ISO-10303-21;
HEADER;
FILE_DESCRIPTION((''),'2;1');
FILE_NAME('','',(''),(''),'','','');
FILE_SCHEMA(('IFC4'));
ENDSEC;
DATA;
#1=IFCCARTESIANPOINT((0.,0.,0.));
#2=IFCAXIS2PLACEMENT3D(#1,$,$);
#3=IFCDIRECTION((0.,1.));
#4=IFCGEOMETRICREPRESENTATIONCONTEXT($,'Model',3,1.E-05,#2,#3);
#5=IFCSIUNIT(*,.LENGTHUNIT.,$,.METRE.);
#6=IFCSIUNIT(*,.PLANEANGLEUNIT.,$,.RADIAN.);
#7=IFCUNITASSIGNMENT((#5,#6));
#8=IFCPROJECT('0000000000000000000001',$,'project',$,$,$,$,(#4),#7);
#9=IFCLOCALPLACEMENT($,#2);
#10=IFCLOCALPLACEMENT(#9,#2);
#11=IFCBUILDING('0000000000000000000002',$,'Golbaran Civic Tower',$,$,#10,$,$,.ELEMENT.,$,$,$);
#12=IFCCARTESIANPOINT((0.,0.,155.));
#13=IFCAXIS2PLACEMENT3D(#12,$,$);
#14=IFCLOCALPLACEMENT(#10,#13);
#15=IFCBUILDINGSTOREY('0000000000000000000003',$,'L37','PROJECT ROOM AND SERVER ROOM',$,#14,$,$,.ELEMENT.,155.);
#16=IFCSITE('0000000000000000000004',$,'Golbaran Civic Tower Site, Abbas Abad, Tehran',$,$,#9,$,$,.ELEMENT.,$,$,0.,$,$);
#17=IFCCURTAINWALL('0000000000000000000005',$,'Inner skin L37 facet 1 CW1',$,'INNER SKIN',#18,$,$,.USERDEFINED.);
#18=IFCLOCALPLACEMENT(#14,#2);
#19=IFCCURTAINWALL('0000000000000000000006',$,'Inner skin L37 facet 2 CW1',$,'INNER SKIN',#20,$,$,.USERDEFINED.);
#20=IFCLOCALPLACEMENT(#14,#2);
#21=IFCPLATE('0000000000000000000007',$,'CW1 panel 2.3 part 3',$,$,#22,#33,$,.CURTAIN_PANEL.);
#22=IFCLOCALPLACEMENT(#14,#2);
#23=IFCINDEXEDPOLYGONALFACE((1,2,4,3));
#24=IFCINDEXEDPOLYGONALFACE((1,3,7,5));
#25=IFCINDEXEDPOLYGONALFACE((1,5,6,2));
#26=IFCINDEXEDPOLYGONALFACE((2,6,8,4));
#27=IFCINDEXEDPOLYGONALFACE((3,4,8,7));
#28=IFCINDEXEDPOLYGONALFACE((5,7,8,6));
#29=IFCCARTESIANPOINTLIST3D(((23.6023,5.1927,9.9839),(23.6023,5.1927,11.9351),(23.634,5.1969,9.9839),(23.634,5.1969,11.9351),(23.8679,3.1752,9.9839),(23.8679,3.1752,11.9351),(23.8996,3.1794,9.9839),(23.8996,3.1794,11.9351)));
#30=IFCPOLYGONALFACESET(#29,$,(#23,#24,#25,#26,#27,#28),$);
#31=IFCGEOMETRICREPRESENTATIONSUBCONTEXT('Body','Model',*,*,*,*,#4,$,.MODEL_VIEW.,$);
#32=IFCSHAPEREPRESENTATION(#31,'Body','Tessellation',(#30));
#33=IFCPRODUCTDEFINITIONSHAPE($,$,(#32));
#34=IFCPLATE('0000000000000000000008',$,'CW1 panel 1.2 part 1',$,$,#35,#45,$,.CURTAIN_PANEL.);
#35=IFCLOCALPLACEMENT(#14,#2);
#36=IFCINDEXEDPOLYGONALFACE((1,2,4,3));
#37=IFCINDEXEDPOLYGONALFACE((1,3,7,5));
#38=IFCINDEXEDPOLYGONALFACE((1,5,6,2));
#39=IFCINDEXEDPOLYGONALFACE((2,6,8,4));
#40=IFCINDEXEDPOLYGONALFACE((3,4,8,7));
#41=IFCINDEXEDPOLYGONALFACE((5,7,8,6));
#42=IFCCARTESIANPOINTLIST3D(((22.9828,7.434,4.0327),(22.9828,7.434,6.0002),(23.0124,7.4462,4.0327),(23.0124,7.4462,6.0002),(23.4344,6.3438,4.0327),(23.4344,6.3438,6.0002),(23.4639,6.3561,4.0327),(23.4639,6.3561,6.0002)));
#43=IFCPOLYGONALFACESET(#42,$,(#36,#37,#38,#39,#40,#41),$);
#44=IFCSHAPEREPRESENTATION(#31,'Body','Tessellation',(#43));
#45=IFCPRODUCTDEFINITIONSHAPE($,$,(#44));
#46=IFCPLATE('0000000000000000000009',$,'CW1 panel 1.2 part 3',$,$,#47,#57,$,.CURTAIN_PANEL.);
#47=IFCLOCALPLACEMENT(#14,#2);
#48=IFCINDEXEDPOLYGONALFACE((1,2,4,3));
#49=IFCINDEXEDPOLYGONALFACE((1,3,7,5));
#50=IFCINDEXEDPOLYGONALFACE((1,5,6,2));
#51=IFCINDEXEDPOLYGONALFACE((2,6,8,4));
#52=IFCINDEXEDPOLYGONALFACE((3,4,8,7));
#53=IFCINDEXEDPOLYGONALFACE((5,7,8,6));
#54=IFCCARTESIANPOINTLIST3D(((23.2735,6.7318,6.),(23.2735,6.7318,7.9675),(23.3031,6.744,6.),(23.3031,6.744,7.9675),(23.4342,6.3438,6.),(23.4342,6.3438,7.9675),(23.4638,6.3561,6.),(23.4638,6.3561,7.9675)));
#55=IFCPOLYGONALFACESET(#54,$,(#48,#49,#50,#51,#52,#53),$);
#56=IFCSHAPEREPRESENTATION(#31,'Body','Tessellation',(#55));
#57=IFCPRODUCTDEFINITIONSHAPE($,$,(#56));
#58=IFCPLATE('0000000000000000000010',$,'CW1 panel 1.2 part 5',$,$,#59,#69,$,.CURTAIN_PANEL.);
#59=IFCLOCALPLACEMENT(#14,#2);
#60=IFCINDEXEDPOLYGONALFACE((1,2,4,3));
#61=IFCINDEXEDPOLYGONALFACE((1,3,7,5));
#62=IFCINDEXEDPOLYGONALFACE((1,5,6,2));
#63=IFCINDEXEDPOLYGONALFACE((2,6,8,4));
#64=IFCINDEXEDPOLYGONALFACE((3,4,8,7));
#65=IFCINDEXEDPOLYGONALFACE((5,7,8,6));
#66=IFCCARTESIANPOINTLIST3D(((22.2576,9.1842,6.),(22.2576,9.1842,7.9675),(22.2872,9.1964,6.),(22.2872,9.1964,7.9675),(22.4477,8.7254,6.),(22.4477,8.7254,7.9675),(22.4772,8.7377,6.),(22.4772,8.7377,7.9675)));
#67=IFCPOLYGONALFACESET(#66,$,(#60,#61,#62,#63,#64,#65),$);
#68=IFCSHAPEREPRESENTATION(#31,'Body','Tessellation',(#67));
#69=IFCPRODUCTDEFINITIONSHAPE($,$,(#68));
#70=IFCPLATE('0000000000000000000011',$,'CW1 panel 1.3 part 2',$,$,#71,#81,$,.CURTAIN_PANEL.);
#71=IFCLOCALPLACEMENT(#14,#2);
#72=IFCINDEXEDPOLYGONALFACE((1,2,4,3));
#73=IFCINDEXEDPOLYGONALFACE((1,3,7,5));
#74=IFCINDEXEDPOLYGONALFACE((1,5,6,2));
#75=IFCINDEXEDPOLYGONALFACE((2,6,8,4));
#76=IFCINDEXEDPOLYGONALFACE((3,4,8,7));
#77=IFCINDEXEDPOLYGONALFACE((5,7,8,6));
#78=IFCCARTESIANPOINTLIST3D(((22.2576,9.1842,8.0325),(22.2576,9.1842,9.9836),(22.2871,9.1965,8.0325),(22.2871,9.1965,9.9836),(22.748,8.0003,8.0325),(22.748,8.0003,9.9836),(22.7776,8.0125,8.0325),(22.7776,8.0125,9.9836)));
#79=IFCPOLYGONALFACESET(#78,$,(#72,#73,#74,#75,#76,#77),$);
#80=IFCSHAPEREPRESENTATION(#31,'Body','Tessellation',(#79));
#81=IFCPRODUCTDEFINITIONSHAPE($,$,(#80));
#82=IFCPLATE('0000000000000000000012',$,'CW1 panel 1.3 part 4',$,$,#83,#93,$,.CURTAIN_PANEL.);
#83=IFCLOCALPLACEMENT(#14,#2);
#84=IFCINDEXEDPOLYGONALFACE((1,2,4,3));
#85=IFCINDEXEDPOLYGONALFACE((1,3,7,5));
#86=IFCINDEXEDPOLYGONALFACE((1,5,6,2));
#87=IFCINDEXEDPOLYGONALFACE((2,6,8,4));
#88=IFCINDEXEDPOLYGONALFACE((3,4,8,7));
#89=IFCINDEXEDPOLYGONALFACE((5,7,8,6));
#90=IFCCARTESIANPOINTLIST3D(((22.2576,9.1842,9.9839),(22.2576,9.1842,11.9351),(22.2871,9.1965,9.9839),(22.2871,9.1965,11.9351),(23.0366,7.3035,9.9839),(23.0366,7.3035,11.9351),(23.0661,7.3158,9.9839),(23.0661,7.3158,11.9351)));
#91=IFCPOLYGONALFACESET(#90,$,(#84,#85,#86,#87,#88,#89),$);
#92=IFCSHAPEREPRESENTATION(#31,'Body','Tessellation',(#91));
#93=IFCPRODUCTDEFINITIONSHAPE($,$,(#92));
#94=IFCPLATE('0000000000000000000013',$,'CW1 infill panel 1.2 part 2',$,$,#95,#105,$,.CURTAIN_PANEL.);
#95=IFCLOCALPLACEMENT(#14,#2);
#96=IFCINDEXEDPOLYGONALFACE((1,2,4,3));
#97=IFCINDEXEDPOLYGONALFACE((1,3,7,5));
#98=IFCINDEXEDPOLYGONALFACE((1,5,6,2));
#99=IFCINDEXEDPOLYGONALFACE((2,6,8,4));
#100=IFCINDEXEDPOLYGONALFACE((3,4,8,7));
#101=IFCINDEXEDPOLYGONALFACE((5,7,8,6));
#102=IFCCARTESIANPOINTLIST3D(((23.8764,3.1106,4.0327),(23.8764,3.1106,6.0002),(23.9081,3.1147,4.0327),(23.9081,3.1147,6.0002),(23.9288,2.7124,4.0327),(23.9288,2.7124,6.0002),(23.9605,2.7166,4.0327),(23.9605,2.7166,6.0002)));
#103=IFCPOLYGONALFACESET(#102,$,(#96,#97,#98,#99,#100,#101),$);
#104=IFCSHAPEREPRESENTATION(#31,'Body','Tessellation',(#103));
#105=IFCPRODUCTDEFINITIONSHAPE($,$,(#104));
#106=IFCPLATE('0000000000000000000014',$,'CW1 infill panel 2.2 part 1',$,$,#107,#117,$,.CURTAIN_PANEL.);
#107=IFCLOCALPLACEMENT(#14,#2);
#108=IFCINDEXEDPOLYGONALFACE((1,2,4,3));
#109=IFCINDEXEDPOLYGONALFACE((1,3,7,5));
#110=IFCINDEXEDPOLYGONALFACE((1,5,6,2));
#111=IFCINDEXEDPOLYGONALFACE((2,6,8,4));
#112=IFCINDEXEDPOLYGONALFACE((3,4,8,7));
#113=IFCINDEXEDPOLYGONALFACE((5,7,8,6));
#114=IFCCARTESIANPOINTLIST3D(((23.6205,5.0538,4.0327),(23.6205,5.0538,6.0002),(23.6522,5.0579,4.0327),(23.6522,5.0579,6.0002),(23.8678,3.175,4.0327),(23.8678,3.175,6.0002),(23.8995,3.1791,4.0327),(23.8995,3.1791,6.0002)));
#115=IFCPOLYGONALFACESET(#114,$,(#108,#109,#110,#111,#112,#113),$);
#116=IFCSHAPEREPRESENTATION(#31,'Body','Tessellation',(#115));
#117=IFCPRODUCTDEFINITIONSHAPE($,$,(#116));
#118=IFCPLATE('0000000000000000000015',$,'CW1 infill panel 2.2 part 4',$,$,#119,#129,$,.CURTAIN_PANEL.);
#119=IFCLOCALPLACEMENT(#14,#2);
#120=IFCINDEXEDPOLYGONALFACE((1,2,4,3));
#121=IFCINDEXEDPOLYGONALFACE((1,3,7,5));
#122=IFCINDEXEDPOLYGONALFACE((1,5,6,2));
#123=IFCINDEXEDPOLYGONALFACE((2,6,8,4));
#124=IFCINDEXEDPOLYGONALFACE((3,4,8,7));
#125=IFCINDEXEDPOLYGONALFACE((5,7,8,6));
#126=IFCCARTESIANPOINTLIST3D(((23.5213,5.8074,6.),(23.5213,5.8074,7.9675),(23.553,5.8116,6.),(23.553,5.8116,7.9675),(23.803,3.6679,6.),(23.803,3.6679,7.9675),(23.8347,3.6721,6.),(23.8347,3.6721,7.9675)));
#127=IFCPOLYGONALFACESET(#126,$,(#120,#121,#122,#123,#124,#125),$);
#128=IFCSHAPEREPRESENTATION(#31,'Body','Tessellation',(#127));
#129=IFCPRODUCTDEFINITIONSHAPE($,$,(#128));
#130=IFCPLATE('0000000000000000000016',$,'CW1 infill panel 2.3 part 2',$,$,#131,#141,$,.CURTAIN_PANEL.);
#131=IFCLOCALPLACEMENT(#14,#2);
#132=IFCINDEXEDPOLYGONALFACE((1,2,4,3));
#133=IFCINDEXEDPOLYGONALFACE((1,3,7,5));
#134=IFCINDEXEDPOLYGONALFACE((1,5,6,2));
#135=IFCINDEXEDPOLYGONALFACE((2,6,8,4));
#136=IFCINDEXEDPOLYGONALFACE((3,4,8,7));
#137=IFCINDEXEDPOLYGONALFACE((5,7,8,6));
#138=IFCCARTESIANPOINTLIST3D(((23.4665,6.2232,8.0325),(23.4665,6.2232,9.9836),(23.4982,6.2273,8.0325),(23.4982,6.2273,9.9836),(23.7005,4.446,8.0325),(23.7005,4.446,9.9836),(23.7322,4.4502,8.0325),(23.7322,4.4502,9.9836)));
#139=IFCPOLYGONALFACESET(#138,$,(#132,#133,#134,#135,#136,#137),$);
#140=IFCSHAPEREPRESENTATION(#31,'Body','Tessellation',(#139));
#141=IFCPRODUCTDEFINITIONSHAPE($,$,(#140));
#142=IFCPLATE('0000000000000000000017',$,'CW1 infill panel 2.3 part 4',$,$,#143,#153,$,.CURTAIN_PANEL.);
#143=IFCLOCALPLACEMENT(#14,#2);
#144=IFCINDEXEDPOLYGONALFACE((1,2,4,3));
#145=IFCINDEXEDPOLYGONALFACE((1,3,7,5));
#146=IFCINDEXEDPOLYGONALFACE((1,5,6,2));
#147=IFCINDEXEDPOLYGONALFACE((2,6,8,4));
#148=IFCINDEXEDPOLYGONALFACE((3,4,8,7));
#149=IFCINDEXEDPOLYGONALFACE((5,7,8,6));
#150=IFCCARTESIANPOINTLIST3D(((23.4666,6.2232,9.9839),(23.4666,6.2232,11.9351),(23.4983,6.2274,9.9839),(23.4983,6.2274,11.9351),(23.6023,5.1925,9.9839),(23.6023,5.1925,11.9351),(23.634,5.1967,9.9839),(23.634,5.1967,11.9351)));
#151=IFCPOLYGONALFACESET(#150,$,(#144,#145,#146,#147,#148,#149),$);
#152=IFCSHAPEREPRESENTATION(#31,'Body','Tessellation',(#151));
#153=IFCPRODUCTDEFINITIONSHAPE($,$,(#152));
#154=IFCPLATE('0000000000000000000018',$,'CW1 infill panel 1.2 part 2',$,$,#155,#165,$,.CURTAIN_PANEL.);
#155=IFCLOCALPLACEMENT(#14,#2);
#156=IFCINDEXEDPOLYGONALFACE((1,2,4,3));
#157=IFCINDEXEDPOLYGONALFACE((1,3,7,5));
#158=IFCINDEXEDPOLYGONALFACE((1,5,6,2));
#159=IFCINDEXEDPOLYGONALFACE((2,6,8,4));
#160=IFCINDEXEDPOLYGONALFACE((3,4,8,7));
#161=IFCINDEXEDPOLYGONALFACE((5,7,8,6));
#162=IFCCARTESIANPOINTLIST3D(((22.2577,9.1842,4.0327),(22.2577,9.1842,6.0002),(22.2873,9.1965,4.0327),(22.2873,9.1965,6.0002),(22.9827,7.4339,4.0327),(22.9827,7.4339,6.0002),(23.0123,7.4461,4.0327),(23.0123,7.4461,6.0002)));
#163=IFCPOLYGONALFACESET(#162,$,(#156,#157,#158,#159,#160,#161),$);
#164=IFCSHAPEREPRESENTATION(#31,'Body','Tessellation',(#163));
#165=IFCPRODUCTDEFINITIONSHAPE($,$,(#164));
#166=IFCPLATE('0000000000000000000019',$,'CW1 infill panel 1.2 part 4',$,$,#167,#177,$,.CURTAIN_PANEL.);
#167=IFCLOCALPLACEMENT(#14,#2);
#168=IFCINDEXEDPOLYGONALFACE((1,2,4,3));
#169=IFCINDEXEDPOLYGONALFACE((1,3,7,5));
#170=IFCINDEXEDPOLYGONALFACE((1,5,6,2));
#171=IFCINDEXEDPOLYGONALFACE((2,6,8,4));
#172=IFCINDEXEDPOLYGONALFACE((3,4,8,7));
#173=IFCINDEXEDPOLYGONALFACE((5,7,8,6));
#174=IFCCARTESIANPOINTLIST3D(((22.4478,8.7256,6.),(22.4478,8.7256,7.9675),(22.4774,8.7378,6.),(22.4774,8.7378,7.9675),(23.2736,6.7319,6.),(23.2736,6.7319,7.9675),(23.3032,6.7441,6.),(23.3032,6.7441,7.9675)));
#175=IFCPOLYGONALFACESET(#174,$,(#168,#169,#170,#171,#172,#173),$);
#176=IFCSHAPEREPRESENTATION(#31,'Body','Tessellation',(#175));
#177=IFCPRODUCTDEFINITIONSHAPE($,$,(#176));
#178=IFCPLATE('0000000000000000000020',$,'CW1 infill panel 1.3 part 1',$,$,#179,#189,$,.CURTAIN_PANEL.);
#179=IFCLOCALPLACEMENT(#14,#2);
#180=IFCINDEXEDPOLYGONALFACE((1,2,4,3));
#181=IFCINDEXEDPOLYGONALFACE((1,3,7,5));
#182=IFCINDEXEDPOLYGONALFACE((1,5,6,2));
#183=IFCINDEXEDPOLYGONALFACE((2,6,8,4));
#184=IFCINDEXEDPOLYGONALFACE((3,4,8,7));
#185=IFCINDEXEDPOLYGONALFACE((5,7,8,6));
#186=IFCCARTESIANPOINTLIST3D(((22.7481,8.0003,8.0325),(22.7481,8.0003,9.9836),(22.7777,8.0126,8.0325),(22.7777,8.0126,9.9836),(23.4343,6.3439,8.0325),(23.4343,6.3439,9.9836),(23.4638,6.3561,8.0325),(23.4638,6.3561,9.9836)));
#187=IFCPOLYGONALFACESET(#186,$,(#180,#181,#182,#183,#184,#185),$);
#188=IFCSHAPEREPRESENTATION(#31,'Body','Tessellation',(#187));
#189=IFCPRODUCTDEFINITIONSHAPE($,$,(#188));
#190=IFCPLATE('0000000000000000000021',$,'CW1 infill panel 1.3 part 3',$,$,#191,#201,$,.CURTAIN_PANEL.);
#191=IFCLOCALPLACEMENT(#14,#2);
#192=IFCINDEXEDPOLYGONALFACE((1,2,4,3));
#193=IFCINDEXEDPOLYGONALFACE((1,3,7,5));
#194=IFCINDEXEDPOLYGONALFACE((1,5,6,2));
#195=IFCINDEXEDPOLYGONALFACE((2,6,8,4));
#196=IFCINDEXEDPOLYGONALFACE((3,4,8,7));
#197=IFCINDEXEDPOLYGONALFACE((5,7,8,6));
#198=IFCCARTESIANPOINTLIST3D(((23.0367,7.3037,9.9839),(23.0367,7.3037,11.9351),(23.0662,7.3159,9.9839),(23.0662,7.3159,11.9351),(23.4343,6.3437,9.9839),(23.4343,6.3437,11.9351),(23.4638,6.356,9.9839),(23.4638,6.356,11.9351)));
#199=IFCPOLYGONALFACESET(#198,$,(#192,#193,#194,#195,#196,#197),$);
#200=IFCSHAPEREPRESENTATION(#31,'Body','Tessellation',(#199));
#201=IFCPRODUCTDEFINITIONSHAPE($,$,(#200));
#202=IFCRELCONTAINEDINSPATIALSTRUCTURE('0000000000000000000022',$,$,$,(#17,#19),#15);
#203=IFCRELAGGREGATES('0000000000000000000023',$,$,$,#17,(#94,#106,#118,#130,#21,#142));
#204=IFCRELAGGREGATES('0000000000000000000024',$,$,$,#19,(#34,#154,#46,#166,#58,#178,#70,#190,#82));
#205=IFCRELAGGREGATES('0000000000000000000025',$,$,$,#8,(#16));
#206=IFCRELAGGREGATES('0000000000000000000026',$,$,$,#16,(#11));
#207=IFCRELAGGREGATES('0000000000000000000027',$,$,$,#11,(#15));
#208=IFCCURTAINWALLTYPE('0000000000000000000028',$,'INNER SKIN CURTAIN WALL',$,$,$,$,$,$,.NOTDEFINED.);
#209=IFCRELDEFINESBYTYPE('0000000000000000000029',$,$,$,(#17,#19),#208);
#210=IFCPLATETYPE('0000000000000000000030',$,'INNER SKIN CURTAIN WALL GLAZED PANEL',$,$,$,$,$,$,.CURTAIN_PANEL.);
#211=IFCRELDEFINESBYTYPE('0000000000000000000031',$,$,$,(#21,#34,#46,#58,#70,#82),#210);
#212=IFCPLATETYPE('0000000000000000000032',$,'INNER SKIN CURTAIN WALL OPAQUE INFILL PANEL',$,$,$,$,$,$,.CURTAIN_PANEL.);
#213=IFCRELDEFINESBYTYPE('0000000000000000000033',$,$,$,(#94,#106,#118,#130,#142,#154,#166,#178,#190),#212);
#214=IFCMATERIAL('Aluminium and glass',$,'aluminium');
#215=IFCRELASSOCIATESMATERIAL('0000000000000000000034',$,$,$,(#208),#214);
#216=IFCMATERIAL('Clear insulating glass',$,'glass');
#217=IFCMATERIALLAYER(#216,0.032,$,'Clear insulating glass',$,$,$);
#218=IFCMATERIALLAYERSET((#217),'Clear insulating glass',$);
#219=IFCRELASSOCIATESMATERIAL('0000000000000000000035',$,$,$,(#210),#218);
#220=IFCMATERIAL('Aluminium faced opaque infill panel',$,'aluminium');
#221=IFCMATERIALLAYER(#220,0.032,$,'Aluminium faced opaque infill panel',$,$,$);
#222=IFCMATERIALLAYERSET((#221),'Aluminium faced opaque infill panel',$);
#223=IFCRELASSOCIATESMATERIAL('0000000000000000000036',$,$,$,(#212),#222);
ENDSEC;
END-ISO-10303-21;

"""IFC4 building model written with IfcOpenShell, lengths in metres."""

from ifc_helpers import new_model, si_unit, direction, frame, origin, origin_2d, place, context, subcontext, project, spatial, rectangle, extrude, material, layer, layer_set, type_object, element, aggregate, save


model = new_model("IFC4")

# Units and contexts
model_context = context("Model", 3, precision=1e-05, world=origin(), true_north=direction((0.0, 1.0)))
body_context = subcontext(model_context, "Body", "Model", "MODEL_VIEW")
ifc_project = project(units=[si_unit("LENGTHUNIT", "METRE"), si_unit("PLANEANGLEUNIT", "RADIAN")], contexts=[model_context])

# Site, building, storey
site_placement = place(None, origin())
site = spatial("IfcSite", under=ifc_project, at=site_placement, Name="Golbaran Civic Tower Site, Abbas Abad, Tehran", CompositionType="ELEMENT", RefElevation=0.0)
building_placement = place(site_placement, origin())
building = spatial("IfcBuilding", under=site, at=building_placement, Name="Golbaran Civic Tower", CompositionType="ELEMENT")
storey_placement = place(building_placement, frame((0.0, 0.0, 155.0)))
storey = spatial("IfcBuildingStorey", under=building, at=storey_placement, Name="L37", Description="PROJECT ROOM AND SERVER ROOM", CompositionType="ELEMENT", Elevation=155.0)

# Curtain walls
ifc_material_1 = material(Name="Aluminium and glass", Category="aluminium")
curtain_wall_type = type_object("IfcCurtainWallType", Name="INNER SKIN CURTAIN WALL", PredefinedType="NOTDEFINED", material=ifc_material_1)
curtain_wall_1_placement = place(storey_placement, origin())
curtain_wall_1 = element("IfcCurtainWall", 1, at=curtain_wall_1_placement, inside=storey, type_object=curtain_wall_type, Name="Inner skin L37 facet 1 CW1", ObjectType="INNER SKIN", PredefinedType="USERDEFINED")
curtain_wall_2_placement = place(storey_placement, origin())
curtain_wall_2 = element("IfcCurtainWall", 2, at=curtain_wall_2_placement, inside=storey, type_object=curtain_wall_type, Name="Inner skin L37 facet 2 CW1", ObjectType="INNER SKIN", PredefinedType="USERDEFINED")

# Plates
ifc_material_2 = material(Name="Clear insulating glass", Category="glass")
ifc_layer_1 = layer(ifc_material_2, 0.032, Name="Clear insulating glass")
ifc_layer_set_1 = layer_set([ifc_layer_1], Name="Clear insulating glass")
plate_type_1 = type_object("IfcPlateType", Name="INNER SKIN CURTAIN WALL GLAZED PANEL", PredefinedType="CURTAIN_PANEL", material=ifc_layer_set_1)
plate_1_placement = place(storey_placement, frame((23.751, 4.186, 9.9839), z_axis=(0.0, 0.0, 1.0), x_axis=(-0.130526, 0.991445, 0.0)))
plate_1 = element("IfcPlate", 3, at=plate_1_placement, type_object=plate_type_1, Name="CW1 panel 2.3 part 3", PredefinedType="CURTAIN_PANEL", context=body_context, shape_type="SweptSolid", body=[
    extrude(rectangle(XDim=2.0349, YDim=0.032, at=origin_2d()), origin(), (0.0, 0.0, 1.0), 1.9512),
])
plate_2_placement = place(storey_placement, frame((23.2234, 6.895, 4.0327), z_axis=(0.0, 0.0, 1.0), x_axis=(-0.382683, 0.92388, 0.0)))
plate_2 = element("IfcPlate", 4, at=plate_2_placement, type_object=plate_type_1, Name="CW1 panel 1.2 part 1", PredefinedType="CURTAIN_PANEL", context=body_context, shape_type="SweptSolid", body=[
    extrude(rectangle(XDim=1.1799, YDim=0.032, at=origin_2d()), origin(), (0.0, 0.0, 1.0), 1.9675),
])
plate_3_placement = place(storey_placement, frame((23.3687, 6.5439, 6.0), z_axis=(0.0, 0.0, 1.0), x_axis=(-0.382683, 0.92388, 0.0)))
plate_3 = element("IfcPlate", 5, at=plate_3_placement, type_object=plate_type_1, Name="CW1 panel 1.2 part 3", PredefinedType="CURTAIN_PANEL", context=body_context, shape_type="SweptSolid", body=[
    extrude(rectangle(XDim=0.4199, YDim=0.032, at=origin_2d()), origin(), (0.0, 0.0, 1.0), 1.9675),
])
plate_4_placement = place(storey_placement, frame((22.3674, 8.9609, 6.0), z_axis=(0.0, 0.0, 1.0), x_axis=(-0.382683, 0.92388, 0.0)))
plate_4 = element("IfcPlate", 6, at=plate_4_placement, type_object=plate_type_1, Name="CW1 panel 1.2 part 5", PredefinedType="CURTAIN_PANEL", context=body_context, shape_type="SweptSolid", body=[
    extrude(rectangle(XDim=0.4966, YDim=0.032, at=origin_2d()), origin(), (0.0, 0.0, 1.0), 1.9675),
])
plate_5_placement = place(storey_placement, frame((22.5176, 8.5984, 8.0325), z_axis=(0.0, 0.0, 1.0), x_axis=(-0.382683, 0.92388, 0.0)))
plate_5 = element("IfcPlate", 7, at=plate_5_placement, type_object=plate_type_1, Name="CW1 panel 1.3 part 2", PredefinedType="CURTAIN_PANEL", context=body_context, shape_type="SweptSolid", body=[
    extrude(rectangle(XDim=1.2815, YDim=0.032, at=origin_2d()), origin(), (0.0, 0.0, 1.0), 1.9512),
])
plate_6_placement = place(storey_placement, frame((22.6619, 8.25, 9.9839), z_axis=(0.0, 0.0, 1.0), x_axis=(-0.382683, 0.92388, 0.0)))
plate_6 = element("IfcPlate", 8, at=plate_6_placement, type_object=plate_type_1, Name="CW1 panel 1.3 part 4", PredefinedType="CURTAIN_PANEL", context=body_context, shape_type="SweptSolid", body=[
    extrude(rectangle(XDim=2.0356, YDim=0.032, at=origin_2d()), origin(), (0.0, 0.0, 1.0), 1.9512),
])
ifc_material_3 = material(Name="Aluminium faced opaque infill panel", Category="aluminium")
ifc_layer_2 = layer(ifc_material_3, 0.032, Name="Aluminium faced opaque infill panel")
ifc_layer_set_2 = layer_set([ifc_layer_2], Name="Aluminium faced opaque infill panel")
plate_type_2 = type_object("IfcPlateType", Name="INNER SKIN CURTAIN WALL OPAQUE INFILL PANEL", PredefinedType="CURTAIN_PANEL", material=ifc_layer_set_2)
plate_7_placement = place(storey_placement, frame((23.9185, 2.9136, 4.0327), z_axis=(0.0, 0.0, 1.0), x_axis=(-0.130526, 0.991445, 0.0)))
plate_7 = element("IfcPlate", 9, at=plate_7_placement, type_object=plate_type_2, Name="CW1 infill panel 1.2 part 2", PredefinedType="CURTAIN_PANEL", context=body_context, shape_type="SweptSolid", body=[
    extrude(rectangle(XDim=0.4016, YDim=0.032, at=origin_2d()), origin(), (0.0, 0.0, 1.0), 1.9675),
])
plate_8_placement = place(storey_placement, frame((23.76, 4.1165, 4.0327), z_axis=(0.0, 0.0, 1.0), x_axis=(-0.130526, 0.991445, 0.0)))
plate_8 = element("IfcPlate", 10, at=plate_8_placement, type_object=plate_type_2, Name="CW1 infill panel 2.2 part 1", PredefinedType="CURTAIN_PANEL", context=body_context, shape_type="SweptSolid", body=[
    extrude(rectangle(XDim=1.895, YDim=0.032, at=origin_2d()), origin(), (0.0, 0.0, 1.0), 1.9675),
])
plate_9_placement = place(storey_placement, frame((23.678, 4.7397, 6.0), z_axis=(0.0, 0.0, 1.0), x_axis=(-0.130526, 0.991445, 0.0)))
plate_9 = element("IfcPlate", 11, at=plate_9_placement, type_object=plate_type_2, Name="CW1 infill panel 2.2 part 4", PredefinedType="CURTAIN_PANEL", context=body_context, shape_type="SweptSolid", body=[
    extrude(rectangle(XDim=2.158, YDim=0.032, at=origin_2d()), origin(), (0.0, 0.0, 1.0), 1.9675),
])
plate_10_placement = place(storey_placement, frame((23.5994, 5.3367, 8.0325), z_axis=(0.0, 0.0, 1.0), x_axis=(-0.130526, 0.991445, 0.0)))
plate_10 = element("IfcPlate", 12, at=plate_10_placement, type_object=plate_type_2, Name="CW1 infill panel 2.3 part 2", PredefinedType="CURTAIN_PANEL", context=body_context, shape_type="SweptSolid", body=[
    extrude(rectangle(XDim=1.7925, YDim=0.032, at=origin_2d()), origin(), (0.0, 0.0, 1.0), 1.9512),
])
plate_11_placement = place(storey_placement, frame((23.5503, 5.71, 9.9839), z_axis=(0.0, 0.0, 1.0), x_axis=(-0.130526, 0.991445, 0.0)))
plate_11 = element("IfcPlate", 13, at=plate_11_placement, type_object=plate_type_2, Name="CW1 infill panel 2.3 part 4", PredefinedType="CURTAIN_PANEL", context=body_context, shape_type="SweptSolid", body=[
    extrude(rectangle(XDim=1.0396, YDim=0.032, at=origin_2d()), origin(), (0.0, 0.0, 1.0), 1.9512),
])
aggregate(curtain_wall_1, [plate_7, plate_8, plate_9, plate_10, plate_1, plate_11])
plate_12_placement = place(storey_placement, frame((22.635, 8.3152, 4.0327), z_axis=(0.0, 0.0, 1.0), x_axis=(-0.382683, 0.92388, 0.0)))
plate_12 = element("IfcPlate", 14, at=plate_12_placement, type_object=plate_type_2, Name="CW1 infill panel 1.2 part 2", PredefinedType="CURTAIN_PANEL", context=body_context, shape_type="SweptSolid", body=[
    extrude(rectangle(XDim=1.8945, YDim=0.032, at=origin_2d()), origin(), (0.0, 0.0, 1.0), 1.9675),
])
plate_13_placement = place(storey_placement, frame((22.8755, 7.7349, 6.0), z_axis=(0.0, 0.0, 1.0), x_axis=(-0.382683, 0.92388, 0.0)))
plate_13 = element("IfcPlate", 15, at=plate_13_placement, type_object=plate_type_2, Name="CW1 infill panel 1.2 part 4", PredefinedType="CURTAIN_PANEL", context=body_context, shape_type="SweptSolid", body=[
    extrude(rectangle(XDim=2.158, YDim=0.032, at=origin_2d()), origin(), (0.0, 0.0, 1.0), 1.9675),
])
plate_14_placement = place(storey_placement, frame((23.106, 7.1782, 8.0325), z_axis=(0.0, 0.0, 1.0), x_axis=(-0.382683, 0.92388, 0.0)))
plate_14 = element("IfcPlate", 16, at=plate_14_placement, type_object=plate_type_2, Name="CW1 infill panel 1.3 part 1", PredefinedType="CURTAIN_PANEL", context=body_context, shape_type="SweptSolid", body=[
    extrude(rectangle(XDim=1.793, YDim=0.032, at=origin_2d()), origin(), (0.0, 0.0, 1.0), 1.9512),
])
plate_15_placement = place(storey_placement, frame((23.2502, 6.8298, 9.9839), z_axis=(0.0, 0.0, 1.0), x_axis=(-0.382683, 0.92388, 0.0)))
plate_15 = element("IfcPlate", 17, at=plate_15_placement, type_object=plate_type_2, Name="CW1 infill panel 1.3 part 3", PredefinedType="CURTAIN_PANEL", context=body_context, shape_type="SweptSolid", body=[
    extrude(rectangle(XDim=1.0391, YDim=0.032, at=origin_2d()), origin(), (0.0, 0.0, 1.0), 1.9512),
])
aggregate(curtain_wall_2, [plate_2, plate_12, plate_3, plate_13, plate_4, plate_14, plate_5, plate_15, plate_6])

save(model, "model.ifc")
